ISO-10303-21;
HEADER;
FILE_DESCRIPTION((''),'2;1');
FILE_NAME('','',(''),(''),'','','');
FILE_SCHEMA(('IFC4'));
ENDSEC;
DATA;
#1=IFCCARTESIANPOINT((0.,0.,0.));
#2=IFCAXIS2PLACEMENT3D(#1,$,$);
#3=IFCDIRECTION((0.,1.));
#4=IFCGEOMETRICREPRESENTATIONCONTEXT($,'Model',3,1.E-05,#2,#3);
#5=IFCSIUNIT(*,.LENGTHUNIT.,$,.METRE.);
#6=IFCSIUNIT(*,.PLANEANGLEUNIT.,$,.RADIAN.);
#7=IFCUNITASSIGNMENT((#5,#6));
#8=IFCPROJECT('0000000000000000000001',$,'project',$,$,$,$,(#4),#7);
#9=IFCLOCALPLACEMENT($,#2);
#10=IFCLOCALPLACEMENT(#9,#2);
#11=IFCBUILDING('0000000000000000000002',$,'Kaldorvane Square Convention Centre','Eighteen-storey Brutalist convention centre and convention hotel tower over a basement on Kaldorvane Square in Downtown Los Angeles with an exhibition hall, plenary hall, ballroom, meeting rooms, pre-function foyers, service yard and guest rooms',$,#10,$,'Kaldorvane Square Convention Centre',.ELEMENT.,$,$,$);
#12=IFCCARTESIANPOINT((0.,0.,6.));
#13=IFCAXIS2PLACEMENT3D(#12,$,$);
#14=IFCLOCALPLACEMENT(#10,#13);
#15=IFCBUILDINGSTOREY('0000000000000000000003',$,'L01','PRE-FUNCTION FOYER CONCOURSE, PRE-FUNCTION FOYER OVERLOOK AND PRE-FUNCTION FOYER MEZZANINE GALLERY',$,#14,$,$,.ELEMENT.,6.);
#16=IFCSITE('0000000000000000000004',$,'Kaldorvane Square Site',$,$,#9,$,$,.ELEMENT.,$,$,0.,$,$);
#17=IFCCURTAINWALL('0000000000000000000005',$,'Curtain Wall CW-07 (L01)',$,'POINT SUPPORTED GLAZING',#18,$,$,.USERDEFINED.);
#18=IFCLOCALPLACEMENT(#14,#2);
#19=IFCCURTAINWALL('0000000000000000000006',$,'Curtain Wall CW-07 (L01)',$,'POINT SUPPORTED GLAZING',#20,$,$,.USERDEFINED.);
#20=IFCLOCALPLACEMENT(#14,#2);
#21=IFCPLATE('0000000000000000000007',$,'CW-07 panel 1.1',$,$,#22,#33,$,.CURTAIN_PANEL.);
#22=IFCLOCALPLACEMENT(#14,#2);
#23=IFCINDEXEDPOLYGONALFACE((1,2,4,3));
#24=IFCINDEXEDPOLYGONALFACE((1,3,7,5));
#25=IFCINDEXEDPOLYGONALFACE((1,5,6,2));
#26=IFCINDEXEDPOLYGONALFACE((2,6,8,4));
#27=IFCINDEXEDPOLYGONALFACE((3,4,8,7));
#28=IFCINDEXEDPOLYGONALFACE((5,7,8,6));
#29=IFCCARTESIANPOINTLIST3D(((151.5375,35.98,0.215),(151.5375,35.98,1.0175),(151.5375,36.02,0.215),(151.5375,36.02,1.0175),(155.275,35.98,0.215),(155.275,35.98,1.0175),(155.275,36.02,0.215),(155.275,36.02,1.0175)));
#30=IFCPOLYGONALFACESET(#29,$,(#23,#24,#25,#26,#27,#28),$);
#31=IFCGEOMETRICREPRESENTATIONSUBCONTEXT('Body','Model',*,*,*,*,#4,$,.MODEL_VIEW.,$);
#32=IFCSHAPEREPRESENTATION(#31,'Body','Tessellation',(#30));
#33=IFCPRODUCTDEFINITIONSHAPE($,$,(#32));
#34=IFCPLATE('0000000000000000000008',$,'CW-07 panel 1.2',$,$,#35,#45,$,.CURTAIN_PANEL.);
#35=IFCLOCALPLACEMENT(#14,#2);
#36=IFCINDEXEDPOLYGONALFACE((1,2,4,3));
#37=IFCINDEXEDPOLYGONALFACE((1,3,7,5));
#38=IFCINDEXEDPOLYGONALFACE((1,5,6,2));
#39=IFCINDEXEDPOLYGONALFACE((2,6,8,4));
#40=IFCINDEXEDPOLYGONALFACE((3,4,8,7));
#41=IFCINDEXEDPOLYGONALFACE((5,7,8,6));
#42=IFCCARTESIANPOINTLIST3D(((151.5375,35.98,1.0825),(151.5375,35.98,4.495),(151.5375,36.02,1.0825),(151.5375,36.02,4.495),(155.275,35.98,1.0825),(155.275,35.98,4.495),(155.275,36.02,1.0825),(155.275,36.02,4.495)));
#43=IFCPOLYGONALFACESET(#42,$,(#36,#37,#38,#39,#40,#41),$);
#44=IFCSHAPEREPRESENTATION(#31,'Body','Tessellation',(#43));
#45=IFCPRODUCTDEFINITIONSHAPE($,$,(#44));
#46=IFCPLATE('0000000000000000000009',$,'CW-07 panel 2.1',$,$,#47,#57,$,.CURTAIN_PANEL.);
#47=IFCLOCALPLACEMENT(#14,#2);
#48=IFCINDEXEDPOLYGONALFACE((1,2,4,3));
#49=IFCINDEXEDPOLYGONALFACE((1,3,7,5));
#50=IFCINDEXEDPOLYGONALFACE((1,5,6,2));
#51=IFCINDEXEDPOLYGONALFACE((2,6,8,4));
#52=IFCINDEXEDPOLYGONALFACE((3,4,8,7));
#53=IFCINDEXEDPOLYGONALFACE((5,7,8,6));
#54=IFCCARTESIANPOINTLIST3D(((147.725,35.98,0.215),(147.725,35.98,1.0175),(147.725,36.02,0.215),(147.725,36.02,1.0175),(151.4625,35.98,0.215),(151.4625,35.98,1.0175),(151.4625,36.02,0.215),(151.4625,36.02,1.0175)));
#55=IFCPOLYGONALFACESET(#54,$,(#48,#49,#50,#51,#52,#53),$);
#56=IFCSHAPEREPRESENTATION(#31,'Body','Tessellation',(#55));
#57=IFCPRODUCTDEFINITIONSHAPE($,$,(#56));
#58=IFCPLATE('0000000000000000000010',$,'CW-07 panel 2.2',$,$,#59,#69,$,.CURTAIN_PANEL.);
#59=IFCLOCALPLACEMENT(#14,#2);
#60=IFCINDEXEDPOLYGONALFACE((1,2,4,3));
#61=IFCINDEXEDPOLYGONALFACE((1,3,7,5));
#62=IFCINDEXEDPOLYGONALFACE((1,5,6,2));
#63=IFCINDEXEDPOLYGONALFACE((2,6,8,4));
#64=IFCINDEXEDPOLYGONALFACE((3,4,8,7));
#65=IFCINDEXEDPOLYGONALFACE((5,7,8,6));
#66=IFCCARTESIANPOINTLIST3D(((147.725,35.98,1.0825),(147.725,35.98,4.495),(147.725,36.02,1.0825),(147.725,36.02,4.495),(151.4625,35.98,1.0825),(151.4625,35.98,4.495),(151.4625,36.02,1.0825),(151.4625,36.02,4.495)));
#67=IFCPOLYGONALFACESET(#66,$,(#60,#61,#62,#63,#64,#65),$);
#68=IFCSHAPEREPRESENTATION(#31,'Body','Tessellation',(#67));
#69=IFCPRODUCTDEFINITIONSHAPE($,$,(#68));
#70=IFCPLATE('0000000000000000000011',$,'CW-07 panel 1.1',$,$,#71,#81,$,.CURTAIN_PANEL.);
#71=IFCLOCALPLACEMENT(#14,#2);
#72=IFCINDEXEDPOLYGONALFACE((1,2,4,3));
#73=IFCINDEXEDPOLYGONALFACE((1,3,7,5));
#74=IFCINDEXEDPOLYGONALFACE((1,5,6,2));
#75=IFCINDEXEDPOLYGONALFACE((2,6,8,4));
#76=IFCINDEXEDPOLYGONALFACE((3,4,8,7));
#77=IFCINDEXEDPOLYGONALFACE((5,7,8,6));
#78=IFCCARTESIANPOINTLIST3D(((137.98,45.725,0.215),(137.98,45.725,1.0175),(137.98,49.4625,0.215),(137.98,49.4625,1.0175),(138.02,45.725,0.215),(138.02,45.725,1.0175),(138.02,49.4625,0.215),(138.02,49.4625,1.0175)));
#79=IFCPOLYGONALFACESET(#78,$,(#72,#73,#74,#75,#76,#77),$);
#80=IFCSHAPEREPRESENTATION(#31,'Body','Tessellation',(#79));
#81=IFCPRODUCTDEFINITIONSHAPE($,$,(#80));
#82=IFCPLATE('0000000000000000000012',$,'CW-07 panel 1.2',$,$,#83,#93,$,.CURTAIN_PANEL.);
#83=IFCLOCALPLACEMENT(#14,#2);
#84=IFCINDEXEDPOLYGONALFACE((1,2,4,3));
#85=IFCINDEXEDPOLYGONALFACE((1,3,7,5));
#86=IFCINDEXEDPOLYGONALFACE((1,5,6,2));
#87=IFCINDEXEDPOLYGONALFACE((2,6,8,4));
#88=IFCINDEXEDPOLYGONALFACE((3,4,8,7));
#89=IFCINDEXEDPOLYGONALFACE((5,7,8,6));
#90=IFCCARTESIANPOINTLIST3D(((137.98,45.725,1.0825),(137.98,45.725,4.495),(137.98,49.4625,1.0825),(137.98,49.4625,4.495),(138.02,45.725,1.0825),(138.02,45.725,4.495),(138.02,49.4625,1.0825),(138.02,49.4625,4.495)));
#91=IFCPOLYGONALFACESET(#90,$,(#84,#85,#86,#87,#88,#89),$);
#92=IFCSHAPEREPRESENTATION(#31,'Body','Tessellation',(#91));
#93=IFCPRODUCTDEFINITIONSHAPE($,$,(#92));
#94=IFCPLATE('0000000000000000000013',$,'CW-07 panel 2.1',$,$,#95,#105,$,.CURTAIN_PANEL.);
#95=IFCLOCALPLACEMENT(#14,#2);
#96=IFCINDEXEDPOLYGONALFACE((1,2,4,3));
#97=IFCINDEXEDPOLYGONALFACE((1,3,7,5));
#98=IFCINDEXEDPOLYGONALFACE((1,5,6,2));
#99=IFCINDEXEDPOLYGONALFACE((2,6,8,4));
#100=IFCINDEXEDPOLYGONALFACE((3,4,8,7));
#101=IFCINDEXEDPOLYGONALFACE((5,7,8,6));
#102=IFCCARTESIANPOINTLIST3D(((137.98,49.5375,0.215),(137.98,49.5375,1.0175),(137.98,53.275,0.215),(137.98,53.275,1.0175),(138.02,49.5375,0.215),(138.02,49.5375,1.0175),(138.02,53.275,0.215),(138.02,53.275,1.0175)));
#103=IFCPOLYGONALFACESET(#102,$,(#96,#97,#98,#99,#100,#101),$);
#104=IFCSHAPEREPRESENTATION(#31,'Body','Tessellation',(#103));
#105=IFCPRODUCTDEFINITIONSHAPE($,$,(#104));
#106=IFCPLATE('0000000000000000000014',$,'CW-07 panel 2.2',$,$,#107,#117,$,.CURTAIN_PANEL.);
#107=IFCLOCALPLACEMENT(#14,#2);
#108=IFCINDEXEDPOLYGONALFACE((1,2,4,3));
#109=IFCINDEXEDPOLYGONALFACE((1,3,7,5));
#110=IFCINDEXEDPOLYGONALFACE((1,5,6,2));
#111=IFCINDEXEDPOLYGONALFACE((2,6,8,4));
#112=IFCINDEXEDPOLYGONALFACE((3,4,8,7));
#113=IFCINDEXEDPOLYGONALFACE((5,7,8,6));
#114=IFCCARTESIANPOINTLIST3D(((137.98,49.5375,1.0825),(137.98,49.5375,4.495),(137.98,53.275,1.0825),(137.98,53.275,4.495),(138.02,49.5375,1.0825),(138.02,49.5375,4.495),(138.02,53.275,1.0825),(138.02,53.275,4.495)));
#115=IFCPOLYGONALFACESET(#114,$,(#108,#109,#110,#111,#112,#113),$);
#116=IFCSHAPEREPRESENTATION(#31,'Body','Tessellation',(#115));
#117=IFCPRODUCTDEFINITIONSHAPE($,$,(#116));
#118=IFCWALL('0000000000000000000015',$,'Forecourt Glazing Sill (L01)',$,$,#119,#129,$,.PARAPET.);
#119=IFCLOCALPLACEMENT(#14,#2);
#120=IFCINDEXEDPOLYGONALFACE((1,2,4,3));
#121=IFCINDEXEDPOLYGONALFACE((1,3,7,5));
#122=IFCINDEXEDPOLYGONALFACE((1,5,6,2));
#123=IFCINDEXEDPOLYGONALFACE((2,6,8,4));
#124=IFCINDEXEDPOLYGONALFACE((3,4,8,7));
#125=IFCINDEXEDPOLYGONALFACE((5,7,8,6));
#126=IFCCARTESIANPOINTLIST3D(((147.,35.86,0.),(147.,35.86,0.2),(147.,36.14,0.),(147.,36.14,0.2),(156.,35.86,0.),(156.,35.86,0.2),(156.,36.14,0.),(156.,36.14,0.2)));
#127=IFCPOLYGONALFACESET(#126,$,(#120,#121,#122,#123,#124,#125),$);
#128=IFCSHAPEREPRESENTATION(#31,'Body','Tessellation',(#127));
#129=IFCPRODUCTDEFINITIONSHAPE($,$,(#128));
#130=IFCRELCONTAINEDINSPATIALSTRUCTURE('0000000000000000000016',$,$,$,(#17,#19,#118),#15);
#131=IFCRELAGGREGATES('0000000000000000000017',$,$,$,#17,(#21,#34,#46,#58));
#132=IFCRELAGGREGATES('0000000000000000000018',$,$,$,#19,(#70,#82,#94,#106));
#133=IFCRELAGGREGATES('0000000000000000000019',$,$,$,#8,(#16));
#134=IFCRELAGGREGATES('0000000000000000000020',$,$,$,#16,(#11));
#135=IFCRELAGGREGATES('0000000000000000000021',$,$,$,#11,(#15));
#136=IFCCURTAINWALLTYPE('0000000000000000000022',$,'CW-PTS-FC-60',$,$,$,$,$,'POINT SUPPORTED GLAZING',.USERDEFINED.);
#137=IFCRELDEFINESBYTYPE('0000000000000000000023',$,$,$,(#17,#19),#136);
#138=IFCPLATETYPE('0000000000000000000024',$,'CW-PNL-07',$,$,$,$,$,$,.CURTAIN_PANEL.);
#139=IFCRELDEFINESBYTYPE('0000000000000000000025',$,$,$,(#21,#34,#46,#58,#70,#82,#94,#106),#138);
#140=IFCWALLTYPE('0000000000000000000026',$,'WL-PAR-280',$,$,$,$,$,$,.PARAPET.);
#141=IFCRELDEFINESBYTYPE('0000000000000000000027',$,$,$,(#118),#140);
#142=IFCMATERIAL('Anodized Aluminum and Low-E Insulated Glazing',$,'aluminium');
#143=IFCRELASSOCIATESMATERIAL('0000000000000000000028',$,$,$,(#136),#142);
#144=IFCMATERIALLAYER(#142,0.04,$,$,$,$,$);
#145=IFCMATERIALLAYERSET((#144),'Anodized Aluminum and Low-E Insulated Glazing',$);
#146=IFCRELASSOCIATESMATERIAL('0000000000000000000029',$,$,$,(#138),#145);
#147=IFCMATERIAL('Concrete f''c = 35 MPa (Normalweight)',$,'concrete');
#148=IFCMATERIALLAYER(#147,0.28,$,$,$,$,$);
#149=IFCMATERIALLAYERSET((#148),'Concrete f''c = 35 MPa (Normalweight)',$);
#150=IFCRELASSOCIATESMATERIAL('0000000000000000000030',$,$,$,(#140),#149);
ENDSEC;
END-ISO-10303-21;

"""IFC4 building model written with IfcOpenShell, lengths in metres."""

from ifc_helpers import new_model, si_unit, direction, frame, frame_2d, origin, origin_2d, place, context, subcontext, project, spatial, rectangle, extrude, material, layer, layer_set, type_object, element, aggregate, save


model = new_model("IFC4")

# Units and contexts
model_context = context("Model", 3, precision=1e-05, world=origin(), true_north=direction((0.0, 1.0)))
body_context = subcontext(model_context, "Body", "Model", "MODEL_VIEW")
ifc_project = project(units=[si_unit("LENGTHUNIT", "METRE"), si_unit("PLANEANGLEUNIT", "RADIAN")], contexts=[model_context])

# Site, building, storey
site_placement = place(None, origin())
site = spatial("IfcSite", under=ifc_project, at=site_placement, Name="Kaldorvane Square Site", CompositionType="ELEMENT", RefElevation=0.0)
building_placement = place(site_placement, origin())
building = spatial("IfcBuilding", under=site, at=building_placement, Name="Kaldorvane Square Convention Centre", Description="Eighteen-storey Brutalist convention centre and convention hotel tower over a basement on Kaldorvane Square in Downtown Los Angeles with an exhibition hall, plenary hall, ballroom, meeting rooms, pre-function foyers, service yard and guest rooms", LongName="Kaldorvane Square Convention Centre", CompositionType="ELEMENT")
storey_placement = place(building_placement, frame((0.0, 0.0, 6.0)))
storey = spatial("IfcBuildingStorey", under=building, at=storey_placement, Name="L01", Description="PRE-FUNCTION FOYER CONCOURSE, PRE-FUNCTION FOYER OVERLOOK AND PRE-FUNCTION FOYER MEZZANINE GALLERY", CompositionType="ELEMENT", Elevation=6.0)

# Curtain walls
ifc_material_1 = material(Name="Anodized Aluminum and Low-E Insulated Glazing", Category="aluminium")
curtain_wall_type = type_object("IfcCurtainWallType", Name="CW-PTS-FC-60", ElementType="POINT SUPPORTED GLAZING", PredefinedType="USERDEFINED", material=ifc_material_1)
curtain_wall_1_placement = place(storey_placement, origin())
curtain_wall_1 = element("IfcCurtainWall", 1, at=curtain_wall_1_placement, inside=storey, type_object=curtain_wall_type, Name="Curtain Wall CW-07 (L01)", ObjectType="POINT SUPPORTED GLAZING", PredefinedType="USERDEFINED")
curtain_wall_2_placement = place(storey_placement, origin())
curtain_wall_2 = element("IfcCurtainWall", 2, at=curtain_wall_2_placement, inside=storey, type_object=curtain_wall_type, Name="Curtain Wall CW-07 (L01)", ObjectType="POINT SUPPORTED GLAZING", PredefinedType="USERDEFINED")

# Plates
ifc_layer_1 = layer(ifc_material_1, 0.04)
ifc_layer_set_1 = layer_set([ifc_layer_1], Name="Anodized Aluminum and Low-E Insulated Glazing")
plate_type = type_object("IfcPlateType", Name="CW-PNL-07", PredefinedType="CURTAIN_PANEL", material=ifc_layer_set_1)
plate_1_placement = place(storey_placement, frame((153.4062, 36.0, 0.215), z_axis=(0.0, 0.0, 1.0), x_axis=(-1.0, 0.0, 0.0)))
plate_1 = element("IfcPlate", 3, at=plate_1_placement, type_object=plate_type, Name="CW-07 panel 1.1", PredefinedType="CURTAIN_PANEL", context=body_context, shape_type="SweptSolid", body=[
    extrude(rectangle(XDim=3.7375, YDim=0.04, at=origin_2d()), origin(), (0.0, 0.0, 1.0), 0.8025),
])
plate_2_placement = place(storey_placement, frame((153.4062, 36.0, 1.0825), z_axis=(0.0, 0.0, 1.0), x_axis=(-1.0, 0.0, 0.0)))
plate_2 = element("IfcPlate", 4, at=plate_2_placement, type_object=plate_type, Name="CW-07 panel 1.2", PredefinedType="CURTAIN_PANEL", context=body_context, shape_type="SweptSolid", body=[
    extrude(rectangle(XDim=3.7375, YDim=0.04, at=origin_2d()), origin(), (0.0, 0.0, 1.0), 3.4125),
])
plate_3_placement = place(storey_placement, frame((149.5938, 36.0, 0.215), z_axis=(0.0, 0.0, 1.0), x_axis=(-1.0, 0.0, 0.0)))
plate_3 = element("IfcPlate", 5, at=plate_3_placement, type_object=plate_type, Name="CW-07 panel 2.1", PredefinedType="CURTAIN_PANEL", context=body_context, shape_type="SweptSolid", body=[
    extrude(rectangle(XDim=3.7375, YDim=0.04, at=origin_2d()), origin(), (0.0, 0.0, 1.0), 0.8025),
])
plate_4_placement = place(storey_placement, frame((149.5938, 36.0, 1.0825), z_axis=(0.0, 0.0, 1.0), x_axis=(-1.0, 0.0, 0.0)))
plate_4 = element("IfcPlate", 6, at=plate_4_placement, type_object=plate_type, Name="CW-07 panel 2.2", PredefinedType="CURTAIN_PANEL", context=body_context, shape_type="SweptSolid", body=[
    extrude(rectangle(XDim=3.7375, YDim=0.04, at=origin_2d()), origin(), (0.0, 0.0, 1.0), 3.4125),
])
aggregate(curtain_wall_1, [plate_1, plate_2, plate_3, plate_4])
plate_5_placement = place(storey_placement, frame((138.0, 47.5938, 0.215), z_axis=(0.0, 0.0, 1.0), x_axis=(0.0, 1.0, 0.0)))
plate_5 = element("IfcPlate", 7, at=plate_5_placement, type_object=plate_type, Name="CW-07 panel 1.1", PredefinedType="CURTAIN_PANEL", context=body_context, shape_type="SweptSolid", body=[
    extrude(rectangle(XDim=3.7375, YDim=0.04, at=origin_2d()), origin(), (0.0, 0.0, 1.0), 0.8025),
])
plate_6_placement = place(storey_placement, frame((138.0, 47.5938, 1.0825), z_axis=(0.0, 0.0, 1.0), x_axis=(0.0, 1.0, 0.0)))
plate_6 = element("IfcPlate", 8, at=plate_6_placement, type_object=plate_type, Name="CW-07 panel 1.2", PredefinedType="CURTAIN_PANEL", context=body_context, shape_type="SweptSolid", body=[
    extrude(rectangle(XDim=3.7375, YDim=0.04, at=origin_2d()), origin(), (0.0, 0.0, 1.0), 3.4125),
])
plate_7_placement = place(storey_placement, frame((138.0, 51.4062, 0.215), z_axis=(0.0, 0.0, 1.0), x_axis=(0.0, 1.0, 0.0)))
plate_7 = element("IfcPlate", 9, at=plate_7_placement, type_object=plate_type, Name="CW-07 panel 2.1", PredefinedType="CURTAIN_PANEL", context=body_context, shape_type="SweptSolid", body=[
    extrude(rectangle(XDim=3.7375, YDim=0.04, at=origin_2d()), origin(), (0.0, 0.0, 1.0), 0.8025),
])
plate_8_placement = place(storey_placement, frame((138.0, 51.4062, 1.0825), z_axis=(0.0, 0.0, 1.0), x_axis=(0.0, 1.0, 0.0)))
plate_8 = element("IfcPlate", 10, at=plate_8_placement, type_object=plate_type, Name="CW-07 panel 2.2", PredefinedType="CURTAIN_PANEL", context=body_context, shape_type="SweptSolid", body=[
    extrude(rectangle(XDim=3.7375, YDim=0.04, at=origin_2d()), origin(), (0.0, 0.0, 1.0), 3.4125),
])
aggregate(curtain_wall_2, [plate_5, plate_6, plate_7, plate_8])

# Wall
ifc_material_2 = material(Name="Concrete f'c = 35 MPa (Normalweight)", Category="concrete")
ifc_layer_2 = layer(ifc_material_2, 0.28)
ifc_layer_set_2 = layer_set([ifc_layer_2], Name="Concrete f'c = 35 MPa (Normalweight)")
wall_type = type_object("IfcWallType", Name="WL-PAR-280", PredefinedType="PARAPET", material=ifc_layer_set_2)
wall_placement = place(storey_placement, frame((156.0, 36.0, 0.0), z_axis=(0.0, 0.0, 1.0), x_axis=(-1.0, 0.0, 0.0)))
element("IfcWall", 11, at=wall_placement, inside=storey, type_object=wall_type, Name="Forecourt Glazing Sill (L01)", PredefinedType="PARAPET", context=body_context, shape_type="SweptSolid", body=[
    extrude(rectangle(XDim=9.0, YDim=0.28, at=frame_2d((4.5, 0.0))), origin(), (0.0, 0.0, 1.0), 0.2),
])

save(model, "model.ifc")
